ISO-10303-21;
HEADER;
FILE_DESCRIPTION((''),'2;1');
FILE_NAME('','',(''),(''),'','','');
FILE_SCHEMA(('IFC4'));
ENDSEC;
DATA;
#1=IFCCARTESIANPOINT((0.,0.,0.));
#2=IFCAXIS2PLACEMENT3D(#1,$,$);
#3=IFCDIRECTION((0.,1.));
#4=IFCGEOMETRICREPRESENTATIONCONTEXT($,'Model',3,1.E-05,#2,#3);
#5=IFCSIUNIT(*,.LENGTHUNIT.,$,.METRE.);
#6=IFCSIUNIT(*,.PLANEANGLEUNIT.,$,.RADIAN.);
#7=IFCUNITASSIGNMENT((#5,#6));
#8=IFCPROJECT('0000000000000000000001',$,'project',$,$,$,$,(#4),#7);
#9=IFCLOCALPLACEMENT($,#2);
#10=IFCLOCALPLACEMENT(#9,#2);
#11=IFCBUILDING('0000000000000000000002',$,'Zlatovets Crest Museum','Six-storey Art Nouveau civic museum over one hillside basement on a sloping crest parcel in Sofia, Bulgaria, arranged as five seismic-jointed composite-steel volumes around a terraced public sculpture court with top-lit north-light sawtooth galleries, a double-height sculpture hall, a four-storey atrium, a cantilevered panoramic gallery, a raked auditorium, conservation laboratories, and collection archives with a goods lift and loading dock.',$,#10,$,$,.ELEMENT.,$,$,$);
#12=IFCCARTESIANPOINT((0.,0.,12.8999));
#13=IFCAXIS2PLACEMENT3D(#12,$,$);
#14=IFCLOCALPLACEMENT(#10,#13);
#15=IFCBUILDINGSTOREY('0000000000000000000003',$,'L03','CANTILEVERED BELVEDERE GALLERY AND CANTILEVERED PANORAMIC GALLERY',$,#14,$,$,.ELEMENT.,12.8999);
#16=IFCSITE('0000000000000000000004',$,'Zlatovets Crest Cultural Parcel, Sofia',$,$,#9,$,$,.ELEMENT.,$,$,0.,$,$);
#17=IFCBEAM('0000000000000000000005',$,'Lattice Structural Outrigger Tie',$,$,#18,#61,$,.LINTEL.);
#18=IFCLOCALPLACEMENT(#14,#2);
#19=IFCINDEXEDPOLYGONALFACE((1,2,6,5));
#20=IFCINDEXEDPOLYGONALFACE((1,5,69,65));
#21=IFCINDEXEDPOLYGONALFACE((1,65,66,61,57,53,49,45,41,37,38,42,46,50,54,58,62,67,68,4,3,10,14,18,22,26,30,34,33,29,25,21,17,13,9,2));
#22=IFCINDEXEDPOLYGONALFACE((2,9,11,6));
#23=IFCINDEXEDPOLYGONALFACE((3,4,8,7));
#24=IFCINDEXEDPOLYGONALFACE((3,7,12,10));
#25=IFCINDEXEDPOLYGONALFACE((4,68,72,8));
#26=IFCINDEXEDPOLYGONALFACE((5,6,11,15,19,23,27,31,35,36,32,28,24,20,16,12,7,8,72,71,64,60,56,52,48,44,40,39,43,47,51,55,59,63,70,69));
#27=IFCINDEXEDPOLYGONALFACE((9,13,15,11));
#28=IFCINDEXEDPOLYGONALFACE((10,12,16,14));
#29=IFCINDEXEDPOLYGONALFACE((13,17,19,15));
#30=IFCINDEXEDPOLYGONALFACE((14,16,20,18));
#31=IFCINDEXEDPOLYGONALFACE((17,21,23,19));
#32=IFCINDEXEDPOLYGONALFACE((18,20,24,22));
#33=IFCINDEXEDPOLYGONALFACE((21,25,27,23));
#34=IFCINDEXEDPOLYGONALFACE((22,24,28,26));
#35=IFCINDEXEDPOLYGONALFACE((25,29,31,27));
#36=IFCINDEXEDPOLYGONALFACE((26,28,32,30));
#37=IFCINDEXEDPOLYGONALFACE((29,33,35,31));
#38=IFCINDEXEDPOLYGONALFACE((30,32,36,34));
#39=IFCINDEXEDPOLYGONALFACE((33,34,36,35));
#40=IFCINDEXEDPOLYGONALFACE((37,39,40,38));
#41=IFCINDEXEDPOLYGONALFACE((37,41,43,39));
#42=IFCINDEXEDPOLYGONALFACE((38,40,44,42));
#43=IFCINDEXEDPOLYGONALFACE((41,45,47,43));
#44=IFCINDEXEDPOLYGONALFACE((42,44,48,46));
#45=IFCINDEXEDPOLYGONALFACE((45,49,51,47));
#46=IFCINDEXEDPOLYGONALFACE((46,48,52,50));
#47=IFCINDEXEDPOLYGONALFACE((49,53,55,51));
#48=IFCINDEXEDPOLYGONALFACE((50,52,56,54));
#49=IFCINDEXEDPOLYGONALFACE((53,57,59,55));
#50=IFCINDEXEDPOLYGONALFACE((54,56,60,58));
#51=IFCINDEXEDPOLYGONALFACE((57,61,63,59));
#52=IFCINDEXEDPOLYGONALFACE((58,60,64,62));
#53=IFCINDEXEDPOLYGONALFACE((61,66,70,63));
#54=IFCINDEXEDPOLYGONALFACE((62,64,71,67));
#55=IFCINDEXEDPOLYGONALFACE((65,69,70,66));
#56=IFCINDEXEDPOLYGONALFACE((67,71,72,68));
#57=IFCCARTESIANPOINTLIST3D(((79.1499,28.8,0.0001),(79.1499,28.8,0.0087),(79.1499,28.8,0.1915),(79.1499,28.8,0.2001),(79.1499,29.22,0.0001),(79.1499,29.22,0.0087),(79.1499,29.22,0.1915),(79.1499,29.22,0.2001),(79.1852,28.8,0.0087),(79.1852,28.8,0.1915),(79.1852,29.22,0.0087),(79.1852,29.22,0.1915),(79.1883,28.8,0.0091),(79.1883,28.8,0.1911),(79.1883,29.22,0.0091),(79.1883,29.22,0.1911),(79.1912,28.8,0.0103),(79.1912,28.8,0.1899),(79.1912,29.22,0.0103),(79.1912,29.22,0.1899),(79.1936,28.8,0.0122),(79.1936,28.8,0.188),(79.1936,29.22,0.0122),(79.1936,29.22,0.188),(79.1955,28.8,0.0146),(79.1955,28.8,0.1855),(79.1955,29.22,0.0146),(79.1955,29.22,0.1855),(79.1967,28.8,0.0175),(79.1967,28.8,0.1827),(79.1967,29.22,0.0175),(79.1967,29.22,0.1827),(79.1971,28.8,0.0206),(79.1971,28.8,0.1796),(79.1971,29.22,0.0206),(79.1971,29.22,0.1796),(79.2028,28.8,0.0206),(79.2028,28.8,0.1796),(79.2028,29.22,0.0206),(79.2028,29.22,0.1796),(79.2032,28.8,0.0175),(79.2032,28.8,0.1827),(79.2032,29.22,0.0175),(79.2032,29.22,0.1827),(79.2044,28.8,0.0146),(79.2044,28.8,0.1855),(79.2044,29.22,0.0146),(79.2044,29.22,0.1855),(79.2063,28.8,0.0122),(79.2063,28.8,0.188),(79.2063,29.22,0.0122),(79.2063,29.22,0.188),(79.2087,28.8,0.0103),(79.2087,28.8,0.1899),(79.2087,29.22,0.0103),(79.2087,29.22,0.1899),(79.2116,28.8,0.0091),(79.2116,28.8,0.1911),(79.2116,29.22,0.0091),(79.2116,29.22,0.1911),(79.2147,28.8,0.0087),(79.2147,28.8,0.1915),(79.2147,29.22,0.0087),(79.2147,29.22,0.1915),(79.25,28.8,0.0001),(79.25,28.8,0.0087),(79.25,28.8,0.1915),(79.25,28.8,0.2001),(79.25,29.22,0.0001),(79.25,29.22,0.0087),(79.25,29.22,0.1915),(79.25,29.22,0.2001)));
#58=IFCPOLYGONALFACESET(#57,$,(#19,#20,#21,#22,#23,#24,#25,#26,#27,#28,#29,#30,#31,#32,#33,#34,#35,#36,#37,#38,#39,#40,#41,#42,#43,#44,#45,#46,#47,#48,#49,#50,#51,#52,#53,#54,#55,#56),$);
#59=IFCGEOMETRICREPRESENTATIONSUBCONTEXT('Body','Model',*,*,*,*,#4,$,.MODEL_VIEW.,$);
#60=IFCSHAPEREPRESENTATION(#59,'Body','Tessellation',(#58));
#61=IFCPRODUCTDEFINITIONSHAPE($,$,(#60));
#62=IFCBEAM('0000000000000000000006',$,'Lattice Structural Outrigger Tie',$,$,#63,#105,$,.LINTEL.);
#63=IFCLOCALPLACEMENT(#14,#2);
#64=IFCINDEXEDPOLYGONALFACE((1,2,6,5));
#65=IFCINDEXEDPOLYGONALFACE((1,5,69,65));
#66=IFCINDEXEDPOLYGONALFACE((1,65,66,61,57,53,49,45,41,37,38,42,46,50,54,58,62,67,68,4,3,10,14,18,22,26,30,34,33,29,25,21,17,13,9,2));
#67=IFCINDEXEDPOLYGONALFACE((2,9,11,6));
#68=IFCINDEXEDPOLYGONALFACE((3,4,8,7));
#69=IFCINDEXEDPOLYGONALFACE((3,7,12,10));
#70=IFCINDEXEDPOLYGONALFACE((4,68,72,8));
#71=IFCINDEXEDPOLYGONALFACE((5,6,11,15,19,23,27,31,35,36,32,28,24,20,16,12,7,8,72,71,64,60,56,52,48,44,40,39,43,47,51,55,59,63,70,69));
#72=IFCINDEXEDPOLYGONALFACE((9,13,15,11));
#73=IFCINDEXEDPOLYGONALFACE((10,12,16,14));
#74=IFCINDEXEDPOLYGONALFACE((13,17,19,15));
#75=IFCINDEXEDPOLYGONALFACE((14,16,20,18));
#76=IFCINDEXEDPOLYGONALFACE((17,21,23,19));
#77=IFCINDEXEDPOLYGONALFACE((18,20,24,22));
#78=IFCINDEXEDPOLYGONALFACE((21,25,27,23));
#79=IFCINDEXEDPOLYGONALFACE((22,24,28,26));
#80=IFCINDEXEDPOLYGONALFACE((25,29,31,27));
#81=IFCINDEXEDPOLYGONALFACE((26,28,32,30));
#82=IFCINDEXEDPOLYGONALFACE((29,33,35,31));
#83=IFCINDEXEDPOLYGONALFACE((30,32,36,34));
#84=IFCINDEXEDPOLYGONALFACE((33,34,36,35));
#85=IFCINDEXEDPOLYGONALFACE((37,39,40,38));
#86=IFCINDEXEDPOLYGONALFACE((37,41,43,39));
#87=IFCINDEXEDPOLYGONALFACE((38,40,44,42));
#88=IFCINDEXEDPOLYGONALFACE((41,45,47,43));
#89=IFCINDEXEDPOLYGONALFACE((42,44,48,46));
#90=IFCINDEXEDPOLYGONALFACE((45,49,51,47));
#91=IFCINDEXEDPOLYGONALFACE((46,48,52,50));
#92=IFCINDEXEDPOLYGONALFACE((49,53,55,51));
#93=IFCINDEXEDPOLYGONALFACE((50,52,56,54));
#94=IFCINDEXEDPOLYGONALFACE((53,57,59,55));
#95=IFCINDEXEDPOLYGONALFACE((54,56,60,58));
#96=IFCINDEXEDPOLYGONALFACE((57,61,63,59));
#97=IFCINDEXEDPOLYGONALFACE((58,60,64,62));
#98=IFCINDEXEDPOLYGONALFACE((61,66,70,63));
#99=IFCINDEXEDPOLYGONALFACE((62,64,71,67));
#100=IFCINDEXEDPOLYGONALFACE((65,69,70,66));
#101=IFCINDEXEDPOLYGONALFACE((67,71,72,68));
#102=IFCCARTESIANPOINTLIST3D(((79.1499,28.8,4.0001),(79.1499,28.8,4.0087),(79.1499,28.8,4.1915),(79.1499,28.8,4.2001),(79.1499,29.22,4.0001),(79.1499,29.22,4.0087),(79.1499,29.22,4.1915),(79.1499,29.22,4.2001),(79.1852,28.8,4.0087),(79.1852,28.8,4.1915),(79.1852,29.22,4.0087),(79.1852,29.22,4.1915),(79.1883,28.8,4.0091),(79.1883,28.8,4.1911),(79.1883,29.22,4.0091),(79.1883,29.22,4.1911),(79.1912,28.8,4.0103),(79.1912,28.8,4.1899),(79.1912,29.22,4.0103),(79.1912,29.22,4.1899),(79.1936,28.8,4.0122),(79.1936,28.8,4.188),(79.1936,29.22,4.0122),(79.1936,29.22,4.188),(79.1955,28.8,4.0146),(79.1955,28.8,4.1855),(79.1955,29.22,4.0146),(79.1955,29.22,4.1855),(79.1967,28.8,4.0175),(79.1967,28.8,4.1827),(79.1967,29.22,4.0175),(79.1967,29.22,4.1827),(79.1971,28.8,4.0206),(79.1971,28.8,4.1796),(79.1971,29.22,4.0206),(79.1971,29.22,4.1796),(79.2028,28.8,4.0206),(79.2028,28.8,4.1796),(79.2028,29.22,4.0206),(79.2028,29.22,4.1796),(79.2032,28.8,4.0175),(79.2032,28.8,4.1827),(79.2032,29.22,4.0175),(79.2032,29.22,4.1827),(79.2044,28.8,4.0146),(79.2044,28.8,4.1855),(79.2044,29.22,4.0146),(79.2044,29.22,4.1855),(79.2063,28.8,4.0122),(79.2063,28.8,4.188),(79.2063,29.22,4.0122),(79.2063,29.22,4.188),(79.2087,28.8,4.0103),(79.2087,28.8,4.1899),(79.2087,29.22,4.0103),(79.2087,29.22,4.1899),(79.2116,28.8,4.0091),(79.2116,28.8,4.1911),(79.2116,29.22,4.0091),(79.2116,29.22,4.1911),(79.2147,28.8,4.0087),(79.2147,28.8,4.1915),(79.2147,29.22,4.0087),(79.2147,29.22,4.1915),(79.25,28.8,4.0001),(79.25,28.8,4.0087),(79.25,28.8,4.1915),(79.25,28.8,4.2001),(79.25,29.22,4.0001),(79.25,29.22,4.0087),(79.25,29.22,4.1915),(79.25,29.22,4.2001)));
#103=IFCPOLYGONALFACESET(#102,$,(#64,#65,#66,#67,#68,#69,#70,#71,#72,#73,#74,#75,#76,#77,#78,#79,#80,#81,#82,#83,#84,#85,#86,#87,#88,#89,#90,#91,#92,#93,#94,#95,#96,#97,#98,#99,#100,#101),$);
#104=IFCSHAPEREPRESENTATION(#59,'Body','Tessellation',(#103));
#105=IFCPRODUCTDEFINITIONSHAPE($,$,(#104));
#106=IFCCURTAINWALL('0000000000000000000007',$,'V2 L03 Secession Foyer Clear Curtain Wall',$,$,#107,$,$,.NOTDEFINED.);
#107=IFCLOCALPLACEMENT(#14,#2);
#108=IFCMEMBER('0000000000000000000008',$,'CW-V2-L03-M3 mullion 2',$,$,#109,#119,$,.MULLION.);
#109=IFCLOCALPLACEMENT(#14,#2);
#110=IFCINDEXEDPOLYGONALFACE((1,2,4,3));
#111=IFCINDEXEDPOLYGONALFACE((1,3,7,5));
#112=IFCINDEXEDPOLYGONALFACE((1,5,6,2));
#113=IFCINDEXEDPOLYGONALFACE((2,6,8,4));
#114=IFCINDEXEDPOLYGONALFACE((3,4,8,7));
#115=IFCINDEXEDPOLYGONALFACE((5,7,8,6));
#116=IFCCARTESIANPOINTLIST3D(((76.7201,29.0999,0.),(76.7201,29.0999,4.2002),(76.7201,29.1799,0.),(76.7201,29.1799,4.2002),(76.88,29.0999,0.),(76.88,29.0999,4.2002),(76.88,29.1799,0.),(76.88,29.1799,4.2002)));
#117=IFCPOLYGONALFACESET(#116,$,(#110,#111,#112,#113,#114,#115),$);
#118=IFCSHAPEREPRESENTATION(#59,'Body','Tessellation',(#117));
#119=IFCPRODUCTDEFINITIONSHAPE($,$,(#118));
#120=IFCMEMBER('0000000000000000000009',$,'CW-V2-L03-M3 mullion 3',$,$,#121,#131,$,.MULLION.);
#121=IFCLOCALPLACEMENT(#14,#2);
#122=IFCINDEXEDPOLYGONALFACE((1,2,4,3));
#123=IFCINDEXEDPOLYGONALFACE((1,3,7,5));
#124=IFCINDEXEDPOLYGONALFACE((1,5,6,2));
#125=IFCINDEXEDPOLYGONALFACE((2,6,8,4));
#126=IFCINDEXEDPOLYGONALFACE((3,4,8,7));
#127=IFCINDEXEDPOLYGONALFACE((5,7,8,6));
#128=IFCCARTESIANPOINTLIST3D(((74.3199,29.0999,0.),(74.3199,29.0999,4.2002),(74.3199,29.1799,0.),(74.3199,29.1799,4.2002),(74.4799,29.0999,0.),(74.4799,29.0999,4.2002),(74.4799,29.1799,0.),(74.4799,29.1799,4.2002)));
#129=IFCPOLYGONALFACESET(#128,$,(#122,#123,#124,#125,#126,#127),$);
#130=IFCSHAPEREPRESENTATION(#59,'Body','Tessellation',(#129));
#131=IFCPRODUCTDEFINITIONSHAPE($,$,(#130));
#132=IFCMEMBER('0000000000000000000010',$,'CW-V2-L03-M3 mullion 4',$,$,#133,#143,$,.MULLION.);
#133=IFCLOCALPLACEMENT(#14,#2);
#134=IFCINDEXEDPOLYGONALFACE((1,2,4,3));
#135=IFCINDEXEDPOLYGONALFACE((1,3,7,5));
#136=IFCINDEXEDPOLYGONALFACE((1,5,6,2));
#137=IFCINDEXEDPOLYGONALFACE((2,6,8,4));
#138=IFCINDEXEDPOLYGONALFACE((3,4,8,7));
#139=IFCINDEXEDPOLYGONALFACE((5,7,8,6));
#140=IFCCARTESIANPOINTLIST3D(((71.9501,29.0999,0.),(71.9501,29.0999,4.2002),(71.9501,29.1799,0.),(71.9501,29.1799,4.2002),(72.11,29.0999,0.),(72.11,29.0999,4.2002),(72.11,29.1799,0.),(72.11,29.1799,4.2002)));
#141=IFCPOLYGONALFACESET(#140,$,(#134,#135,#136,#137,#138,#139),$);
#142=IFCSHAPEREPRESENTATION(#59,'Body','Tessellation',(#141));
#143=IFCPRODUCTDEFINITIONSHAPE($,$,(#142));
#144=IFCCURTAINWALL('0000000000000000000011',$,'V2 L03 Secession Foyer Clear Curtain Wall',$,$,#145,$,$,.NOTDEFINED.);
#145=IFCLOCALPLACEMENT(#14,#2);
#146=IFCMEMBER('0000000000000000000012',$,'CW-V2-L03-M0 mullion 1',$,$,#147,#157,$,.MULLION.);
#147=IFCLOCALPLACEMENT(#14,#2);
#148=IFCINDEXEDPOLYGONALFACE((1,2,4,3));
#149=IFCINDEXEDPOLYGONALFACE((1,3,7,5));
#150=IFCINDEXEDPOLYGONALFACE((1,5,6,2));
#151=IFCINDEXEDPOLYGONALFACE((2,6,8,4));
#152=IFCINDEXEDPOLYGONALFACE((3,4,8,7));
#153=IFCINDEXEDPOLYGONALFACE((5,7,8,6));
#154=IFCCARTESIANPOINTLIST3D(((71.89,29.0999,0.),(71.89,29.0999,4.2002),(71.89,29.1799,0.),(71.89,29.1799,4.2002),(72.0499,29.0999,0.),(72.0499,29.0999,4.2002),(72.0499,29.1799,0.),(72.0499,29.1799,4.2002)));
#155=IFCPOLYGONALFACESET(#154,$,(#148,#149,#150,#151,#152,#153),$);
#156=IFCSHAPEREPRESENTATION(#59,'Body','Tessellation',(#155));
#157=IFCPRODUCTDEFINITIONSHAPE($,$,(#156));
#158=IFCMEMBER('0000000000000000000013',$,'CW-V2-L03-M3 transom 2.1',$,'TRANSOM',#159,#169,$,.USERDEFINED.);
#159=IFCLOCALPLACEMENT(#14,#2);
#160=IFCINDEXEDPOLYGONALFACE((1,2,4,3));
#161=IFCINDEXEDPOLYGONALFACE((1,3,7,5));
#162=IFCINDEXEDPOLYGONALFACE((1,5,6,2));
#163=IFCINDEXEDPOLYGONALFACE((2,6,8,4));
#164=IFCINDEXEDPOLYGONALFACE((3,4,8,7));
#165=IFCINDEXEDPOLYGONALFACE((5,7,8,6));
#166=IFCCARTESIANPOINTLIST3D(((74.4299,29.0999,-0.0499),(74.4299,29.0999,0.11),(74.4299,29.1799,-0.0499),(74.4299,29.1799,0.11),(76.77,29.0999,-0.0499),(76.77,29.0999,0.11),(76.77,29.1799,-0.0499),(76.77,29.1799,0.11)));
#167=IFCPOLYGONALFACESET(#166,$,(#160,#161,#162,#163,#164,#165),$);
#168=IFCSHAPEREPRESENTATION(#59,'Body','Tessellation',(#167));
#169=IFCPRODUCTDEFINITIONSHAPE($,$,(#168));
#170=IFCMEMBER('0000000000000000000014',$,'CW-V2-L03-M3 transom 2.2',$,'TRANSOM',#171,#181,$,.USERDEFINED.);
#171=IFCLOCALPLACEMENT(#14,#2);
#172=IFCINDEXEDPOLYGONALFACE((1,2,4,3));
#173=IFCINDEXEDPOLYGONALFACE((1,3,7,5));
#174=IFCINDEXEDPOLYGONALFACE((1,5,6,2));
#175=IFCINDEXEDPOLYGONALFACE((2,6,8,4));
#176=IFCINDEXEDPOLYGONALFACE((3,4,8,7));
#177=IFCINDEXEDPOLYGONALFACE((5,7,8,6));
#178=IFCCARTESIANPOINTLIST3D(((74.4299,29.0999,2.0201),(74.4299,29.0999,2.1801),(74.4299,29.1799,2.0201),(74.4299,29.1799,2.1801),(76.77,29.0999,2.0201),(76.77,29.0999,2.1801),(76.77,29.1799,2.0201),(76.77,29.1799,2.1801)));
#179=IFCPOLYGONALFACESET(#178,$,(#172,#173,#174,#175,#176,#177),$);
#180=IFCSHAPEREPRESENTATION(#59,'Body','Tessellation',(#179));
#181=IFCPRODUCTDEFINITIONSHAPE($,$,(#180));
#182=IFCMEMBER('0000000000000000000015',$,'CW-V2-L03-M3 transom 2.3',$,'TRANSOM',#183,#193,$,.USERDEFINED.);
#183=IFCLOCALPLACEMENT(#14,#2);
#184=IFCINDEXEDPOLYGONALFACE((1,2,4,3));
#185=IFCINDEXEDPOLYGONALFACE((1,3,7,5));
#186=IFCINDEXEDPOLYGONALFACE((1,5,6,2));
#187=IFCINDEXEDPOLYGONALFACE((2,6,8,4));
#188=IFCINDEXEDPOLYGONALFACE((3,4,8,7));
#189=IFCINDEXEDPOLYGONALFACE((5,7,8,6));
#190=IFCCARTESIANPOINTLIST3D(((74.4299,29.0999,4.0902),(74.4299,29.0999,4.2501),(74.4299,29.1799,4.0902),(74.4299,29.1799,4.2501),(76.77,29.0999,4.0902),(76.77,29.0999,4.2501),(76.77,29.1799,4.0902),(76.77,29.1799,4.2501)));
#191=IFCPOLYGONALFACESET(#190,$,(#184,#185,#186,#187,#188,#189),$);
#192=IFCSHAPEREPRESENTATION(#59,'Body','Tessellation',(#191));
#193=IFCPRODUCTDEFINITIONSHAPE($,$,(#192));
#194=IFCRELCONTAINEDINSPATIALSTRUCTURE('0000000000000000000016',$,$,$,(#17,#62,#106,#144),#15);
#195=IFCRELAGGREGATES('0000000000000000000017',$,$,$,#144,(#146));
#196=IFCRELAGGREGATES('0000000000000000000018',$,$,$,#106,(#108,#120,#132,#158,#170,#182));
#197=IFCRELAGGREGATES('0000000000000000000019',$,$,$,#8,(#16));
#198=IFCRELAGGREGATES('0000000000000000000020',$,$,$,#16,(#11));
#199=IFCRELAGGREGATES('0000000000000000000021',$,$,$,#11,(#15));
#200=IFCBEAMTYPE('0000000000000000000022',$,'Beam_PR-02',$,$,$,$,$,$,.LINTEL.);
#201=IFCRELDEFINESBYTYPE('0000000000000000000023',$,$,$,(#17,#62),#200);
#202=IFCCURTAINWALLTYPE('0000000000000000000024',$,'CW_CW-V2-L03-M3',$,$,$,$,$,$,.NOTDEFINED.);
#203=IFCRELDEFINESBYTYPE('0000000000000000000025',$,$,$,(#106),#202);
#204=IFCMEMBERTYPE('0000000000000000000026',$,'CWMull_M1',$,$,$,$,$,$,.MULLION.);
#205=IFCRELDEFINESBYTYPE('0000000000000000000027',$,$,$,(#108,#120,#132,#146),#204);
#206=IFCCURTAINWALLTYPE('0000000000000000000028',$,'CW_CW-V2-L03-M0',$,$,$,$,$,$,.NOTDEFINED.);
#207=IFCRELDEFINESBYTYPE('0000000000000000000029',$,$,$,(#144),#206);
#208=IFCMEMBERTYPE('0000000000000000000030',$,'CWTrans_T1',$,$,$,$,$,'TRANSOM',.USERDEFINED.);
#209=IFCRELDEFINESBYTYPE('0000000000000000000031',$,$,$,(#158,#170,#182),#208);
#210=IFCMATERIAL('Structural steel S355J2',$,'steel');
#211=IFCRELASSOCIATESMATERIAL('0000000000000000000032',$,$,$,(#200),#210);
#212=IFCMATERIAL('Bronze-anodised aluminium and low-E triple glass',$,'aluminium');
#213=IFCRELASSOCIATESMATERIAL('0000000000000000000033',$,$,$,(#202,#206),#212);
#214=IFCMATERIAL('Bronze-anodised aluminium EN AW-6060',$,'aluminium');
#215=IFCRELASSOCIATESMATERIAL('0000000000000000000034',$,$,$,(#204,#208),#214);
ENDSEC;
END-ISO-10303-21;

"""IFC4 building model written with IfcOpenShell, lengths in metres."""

from ifc_helpers import new_model, si_unit, direction, frame, origin, origin_2d, place, context, subcontext, project, spatial, rectangle, i_section, extrude, material, material_profile, profile_set, type_object, element, aggregate, save


model = new_model("IFC4")

# Units and contexts
model_context = context("Model", 3, precision=1e-05, world=origin(), true_north=direction((0.0, 1.0)))
body_context = subcontext(model_context, "Body", "Model", "MODEL_VIEW")
ifc_project = project(units=[si_unit("LENGTHUNIT", "METRE"), si_unit("PLANEANGLEUNIT", "RADIAN")], contexts=[model_context])

# Site, building, storey
site_placement = place(None, origin())
site = spatial("IfcSite", under=ifc_project, at=site_placement, Name="Zlatovets Crest Cultural Parcel, Sofia", CompositionType="ELEMENT", RefElevation=0.0)
building_placement = place(site_placement, origin())
building = spatial("IfcBuilding", under=site, at=building_placement, Name="Zlatovets Crest Museum", Description="Six-storey Art Nouveau civic museum over one hillside basement on a sloping crest parcel in Sofia, Bulgaria, arranged as five seismic-jointed composite-steel volumes around a terraced public sculpture court with top-lit north-light sawtooth galleries, a double-height sculpture hall, a four-storey atrium, a cantilevered panoramic gallery, a raked auditorium, conservation laboratories, and collection archives with a goods lift and loading dock.", CompositionType="ELEMENT")
storey_placement = place(building_placement, frame((0.0, 0.0, 12.8999)))
storey = spatial("IfcBuildingStorey", under=building, at=storey_placement, Name="L03", Description="CANTILEVERED BELVEDERE GALLERY AND CANTILEVERED PANORAMIC GALLERY", CompositionType="ELEMENT", Elevation=12.8999)

# Shared definitions
ifc_material_1 = material(Name="Structural steel S355J2", Category="steel")

# Beams
ifc_material_profile_1 = material_profile(ifc_material_1, i_section(OverallWidth=0.1001, OverallDepth=0.2, WebThickness=0.0056, FlangeThickness=0.0085, FilletRadius=0.012, at=origin_2d()), Name="IPE 200")
ifc_profile_set_1 = profile_set([ifc_material_profile_1], Name="Structural steel S355J2")
beam_type_1 = type_object("IfcBeamType", Name="Beam_PR-02", PredefinedType="LINTEL", material=ifc_profile_set_1)
for number, where, z_axis, x_axis, name in (
    (1, (79.2, 28.8, 0.1001), (0.0, 1.0, 0.0), (-1.0, 0.0, 0.0), "Lattice Structural Outrigger Tie"),
    (2, (79.2, 28.8, 4.1001), (0.0, 1.0, 0.0), (-1.0, 0.0, 0.0), "Lattice Structural Outrigger Tie"),
):
    element("IfcBeam", number, at=place(storey_placement, frame(where, z_axis=z_axis, x_axis=x_axis)), inside=storey, type_object=beam_type_1, Name=name, PredefinedType="LINTEL", context=body_context, shape_type="SweptSolid", body=[
        extrude(i_section(OverallWidth=0.1001, OverallDepth=0.2, WebThickness=0.0056, FlangeThickness=0.0085, FilletRadius=0.012, at=origin_2d()), origin(), (0.0, 0.0, 1.0), 0.4199),
    ])

# Curtain wall, members
ifc_material_2 = material(Name="Bronze-anodised aluminium and low-E triple glass", Category="aluminium")
curtain_wall_type_1 = type_object("IfcCurtainWallType", Name="CW_CW-V2-L03-M3", PredefinedType="NOTDEFINED", material=ifc_material_2)
curtain_wall_1_placement = place(storey_placement, origin())
curtain_wall_1 = element("IfcCurtainWall", 3, at=curtain_wall_1_placement, inside=storey, type_object=curtain_wall_type_1, Name="V2 L03 Secession Foyer Clear Curtain Wall", PredefinedType="NOTDEFINED")
ifc_material_3 = material(Name="Bronze-anodised aluminium EN AW-6060", Category="aluminium")
ifc_material_profile_2 = material_profile(ifc_material_3, rectangle(XDim=0.0801, YDim=0.1599, at=origin_2d()), Name="ALU 80x160")
ifc_profile_set_2 = profile_set([ifc_material_profile_2], Name="Bronze-anodised aluminium EN AW-6060")
member_type_1 = type_object("IfcMemberType", Name="CWMull_M1", PredefinedType="MULLION", material=ifc_profile_set_2)
member_1_placement = place(storey_placement, frame((76.8, 29.1399, 0.0), z_axis=(0.0, 0.0, 1.0), x_axis=(0.0, -1.0, 0.0)))
member_1 = element("IfcMember", 4, at=member_1_placement, type_object=member_type_1, Name="CW-V2-L03-M3 mullion 2", PredefinedType="MULLION", context=body_context, shape_type="SweptSolid", body=[
    extrude(rectangle(XDim=0.0801, YDim=0.1599, at=origin_2d()), origin(), (0.0, 0.0, 1.0), 4.2002),
])
member_2_placement = place(storey_placement, frame((74.3999, 29.1399, 0.0), z_axis=(0.0, 0.0, 1.0), x_axis=(0.0, -1.0, 0.0)))
member_2 = element("IfcMember", 5, at=member_2_placement, type_object=member_type_1, Name="CW-V2-L03-M3 mullion 3", PredefinedType="MULLION", context=body_context, shape_type="SweptSolid", body=[
    extrude(rectangle(XDim=0.0801, YDim=0.1599, at=origin_2d()), origin(), (0.0, 0.0, 1.0), 4.2002),
])
member_3_placement = place(storey_placement, frame((72.03, 29.1399, 0.0), z_axis=(0.0, 0.0, 1.0), x_axis=(0.0, -1.0, 0.0)))
member_3 = element("IfcMember", 6, at=member_3_placement, type_object=member_type_1, Name="CW-V2-L03-M3 mullion 4", PredefinedType="MULLION", context=body_context, shape_type="SweptSolid", body=[
    extrude(rectangle(XDim=0.0801, YDim=0.1599, at=origin_2d()), origin(), (0.0, 0.0, 1.0), 4.2002),
])

# Curtain wall, member
curtain_wall_type_2 = type_object("IfcCurtainWallType", Name="CW_CW-V2-L03-M0", PredefinedType="NOTDEFINED", material=ifc_material_2)
curtain_wall_2_placement = place(storey_placement, origin())
curtain_wall_2 = element("IfcCurtainWall", 7, at=curtain_wall_2_placement, inside=storey, type_object=curtain_wall_type_2, Name="V2 L03 Secession Foyer Clear Curtain Wall", PredefinedType="NOTDEFINED")
member_4_placement = place(storey_placement, frame((71.97, 29.1399, 0.0), z_axis=(0.0, 0.0, 1.0), x_axis=(0.0, -1.0, 0.0)))
member_4 = element("IfcMember", 8, at=member_4_placement, type_object=member_type_1, Name="CW-V2-L03-M0 mullion 1", PredefinedType="MULLION", context=body_context, shape_type="SweptSolid", body=[
    extrude(rectangle(XDim=0.0801, YDim=0.1599, at=origin_2d()), origin(), (0.0, 0.0, 1.0), 4.2002),
])

# Members
ifc_material_profile_3 = material_profile(ifc_material_3, rectangle(XDim=0.0801, YDim=0.1599, at=origin_2d()), Name="ALU 80x160")
ifc_profile_set_3 = profile_set([ifc_material_profile_3], Name="Bronze-anodised aluminium EN AW-6060")
member_type_2 = type_object("IfcMemberType", Name="CWTrans_T1", ElementType="TRANSOM", PredefinedType="USERDEFINED", material=ifc_profile_set_3)
member_5_placement = place(storey_placement, frame((76.77, 29.1399, 0.03), z_axis=(-1.0, 0.0, 0.0), x_axis=(0.0, -1.0, 0.0)))
member_5 = element("IfcMember", 9, at=member_5_placement, type_object=member_type_2, Name="CW-V2-L03-M3 transom 2.1", ObjectType="TRANSOM", PredefinedType="USERDEFINED", context=body_context, shape_type="SweptSolid", body=[
    extrude(rectangle(XDim=0.0801, YDim=0.1599, at=origin_2d()), origin(), (0.0, 0.0, 1.0), 2.3401),
])
member_6_placement = place(storey_placement, frame((76.77, 29.1399, 2.1001), z_axis=(-1.0, 0.0, 0.0), x_axis=(0.0, -1.0, 0.0)))
member_6 = element("IfcMember", 10, at=member_6_placement, type_object=member_type_2, Name="CW-V2-L03-M3 transom 2.2", ObjectType="TRANSOM", PredefinedType="USERDEFINED", context=body_context, shape_type="SweptSolid", body=[
    extrude(rectangle(XDim=0.0801, YDim=0.1599, at=origin_2d()), origin(), (0.0, 0.0, 1.0), 2.3401),
])
member_7_placement = place(storey_placement, frame((76.77, 29.1399, 4.1702), z_axis=(-1.0, 0.0, 0.0), x_axis=(0.0, -1.0, 0.0)))
member_7 = element("IfcMember", 11, at=member_7_placement, type_object=member_type_2, Name="CW-V2-L03-M3 transom 2.3", ObjectType="TRANSOM", PredefinedType="USERDEFINED", context=body_context, shape_type="SweptSolid", body=[
    extrude(rectangle(XDim=0.0801, YDim=0.1599, at=origin_2d()), origin(), (0.0, 0.0, 1.0), 2.3401),
])
aggregate(curtain_wall_2, [member_4])

aggregate(curtain_wall_1, [member_1, member_2, member_3, member_5, member_6, member_7])

save(model, "model.ifc")
